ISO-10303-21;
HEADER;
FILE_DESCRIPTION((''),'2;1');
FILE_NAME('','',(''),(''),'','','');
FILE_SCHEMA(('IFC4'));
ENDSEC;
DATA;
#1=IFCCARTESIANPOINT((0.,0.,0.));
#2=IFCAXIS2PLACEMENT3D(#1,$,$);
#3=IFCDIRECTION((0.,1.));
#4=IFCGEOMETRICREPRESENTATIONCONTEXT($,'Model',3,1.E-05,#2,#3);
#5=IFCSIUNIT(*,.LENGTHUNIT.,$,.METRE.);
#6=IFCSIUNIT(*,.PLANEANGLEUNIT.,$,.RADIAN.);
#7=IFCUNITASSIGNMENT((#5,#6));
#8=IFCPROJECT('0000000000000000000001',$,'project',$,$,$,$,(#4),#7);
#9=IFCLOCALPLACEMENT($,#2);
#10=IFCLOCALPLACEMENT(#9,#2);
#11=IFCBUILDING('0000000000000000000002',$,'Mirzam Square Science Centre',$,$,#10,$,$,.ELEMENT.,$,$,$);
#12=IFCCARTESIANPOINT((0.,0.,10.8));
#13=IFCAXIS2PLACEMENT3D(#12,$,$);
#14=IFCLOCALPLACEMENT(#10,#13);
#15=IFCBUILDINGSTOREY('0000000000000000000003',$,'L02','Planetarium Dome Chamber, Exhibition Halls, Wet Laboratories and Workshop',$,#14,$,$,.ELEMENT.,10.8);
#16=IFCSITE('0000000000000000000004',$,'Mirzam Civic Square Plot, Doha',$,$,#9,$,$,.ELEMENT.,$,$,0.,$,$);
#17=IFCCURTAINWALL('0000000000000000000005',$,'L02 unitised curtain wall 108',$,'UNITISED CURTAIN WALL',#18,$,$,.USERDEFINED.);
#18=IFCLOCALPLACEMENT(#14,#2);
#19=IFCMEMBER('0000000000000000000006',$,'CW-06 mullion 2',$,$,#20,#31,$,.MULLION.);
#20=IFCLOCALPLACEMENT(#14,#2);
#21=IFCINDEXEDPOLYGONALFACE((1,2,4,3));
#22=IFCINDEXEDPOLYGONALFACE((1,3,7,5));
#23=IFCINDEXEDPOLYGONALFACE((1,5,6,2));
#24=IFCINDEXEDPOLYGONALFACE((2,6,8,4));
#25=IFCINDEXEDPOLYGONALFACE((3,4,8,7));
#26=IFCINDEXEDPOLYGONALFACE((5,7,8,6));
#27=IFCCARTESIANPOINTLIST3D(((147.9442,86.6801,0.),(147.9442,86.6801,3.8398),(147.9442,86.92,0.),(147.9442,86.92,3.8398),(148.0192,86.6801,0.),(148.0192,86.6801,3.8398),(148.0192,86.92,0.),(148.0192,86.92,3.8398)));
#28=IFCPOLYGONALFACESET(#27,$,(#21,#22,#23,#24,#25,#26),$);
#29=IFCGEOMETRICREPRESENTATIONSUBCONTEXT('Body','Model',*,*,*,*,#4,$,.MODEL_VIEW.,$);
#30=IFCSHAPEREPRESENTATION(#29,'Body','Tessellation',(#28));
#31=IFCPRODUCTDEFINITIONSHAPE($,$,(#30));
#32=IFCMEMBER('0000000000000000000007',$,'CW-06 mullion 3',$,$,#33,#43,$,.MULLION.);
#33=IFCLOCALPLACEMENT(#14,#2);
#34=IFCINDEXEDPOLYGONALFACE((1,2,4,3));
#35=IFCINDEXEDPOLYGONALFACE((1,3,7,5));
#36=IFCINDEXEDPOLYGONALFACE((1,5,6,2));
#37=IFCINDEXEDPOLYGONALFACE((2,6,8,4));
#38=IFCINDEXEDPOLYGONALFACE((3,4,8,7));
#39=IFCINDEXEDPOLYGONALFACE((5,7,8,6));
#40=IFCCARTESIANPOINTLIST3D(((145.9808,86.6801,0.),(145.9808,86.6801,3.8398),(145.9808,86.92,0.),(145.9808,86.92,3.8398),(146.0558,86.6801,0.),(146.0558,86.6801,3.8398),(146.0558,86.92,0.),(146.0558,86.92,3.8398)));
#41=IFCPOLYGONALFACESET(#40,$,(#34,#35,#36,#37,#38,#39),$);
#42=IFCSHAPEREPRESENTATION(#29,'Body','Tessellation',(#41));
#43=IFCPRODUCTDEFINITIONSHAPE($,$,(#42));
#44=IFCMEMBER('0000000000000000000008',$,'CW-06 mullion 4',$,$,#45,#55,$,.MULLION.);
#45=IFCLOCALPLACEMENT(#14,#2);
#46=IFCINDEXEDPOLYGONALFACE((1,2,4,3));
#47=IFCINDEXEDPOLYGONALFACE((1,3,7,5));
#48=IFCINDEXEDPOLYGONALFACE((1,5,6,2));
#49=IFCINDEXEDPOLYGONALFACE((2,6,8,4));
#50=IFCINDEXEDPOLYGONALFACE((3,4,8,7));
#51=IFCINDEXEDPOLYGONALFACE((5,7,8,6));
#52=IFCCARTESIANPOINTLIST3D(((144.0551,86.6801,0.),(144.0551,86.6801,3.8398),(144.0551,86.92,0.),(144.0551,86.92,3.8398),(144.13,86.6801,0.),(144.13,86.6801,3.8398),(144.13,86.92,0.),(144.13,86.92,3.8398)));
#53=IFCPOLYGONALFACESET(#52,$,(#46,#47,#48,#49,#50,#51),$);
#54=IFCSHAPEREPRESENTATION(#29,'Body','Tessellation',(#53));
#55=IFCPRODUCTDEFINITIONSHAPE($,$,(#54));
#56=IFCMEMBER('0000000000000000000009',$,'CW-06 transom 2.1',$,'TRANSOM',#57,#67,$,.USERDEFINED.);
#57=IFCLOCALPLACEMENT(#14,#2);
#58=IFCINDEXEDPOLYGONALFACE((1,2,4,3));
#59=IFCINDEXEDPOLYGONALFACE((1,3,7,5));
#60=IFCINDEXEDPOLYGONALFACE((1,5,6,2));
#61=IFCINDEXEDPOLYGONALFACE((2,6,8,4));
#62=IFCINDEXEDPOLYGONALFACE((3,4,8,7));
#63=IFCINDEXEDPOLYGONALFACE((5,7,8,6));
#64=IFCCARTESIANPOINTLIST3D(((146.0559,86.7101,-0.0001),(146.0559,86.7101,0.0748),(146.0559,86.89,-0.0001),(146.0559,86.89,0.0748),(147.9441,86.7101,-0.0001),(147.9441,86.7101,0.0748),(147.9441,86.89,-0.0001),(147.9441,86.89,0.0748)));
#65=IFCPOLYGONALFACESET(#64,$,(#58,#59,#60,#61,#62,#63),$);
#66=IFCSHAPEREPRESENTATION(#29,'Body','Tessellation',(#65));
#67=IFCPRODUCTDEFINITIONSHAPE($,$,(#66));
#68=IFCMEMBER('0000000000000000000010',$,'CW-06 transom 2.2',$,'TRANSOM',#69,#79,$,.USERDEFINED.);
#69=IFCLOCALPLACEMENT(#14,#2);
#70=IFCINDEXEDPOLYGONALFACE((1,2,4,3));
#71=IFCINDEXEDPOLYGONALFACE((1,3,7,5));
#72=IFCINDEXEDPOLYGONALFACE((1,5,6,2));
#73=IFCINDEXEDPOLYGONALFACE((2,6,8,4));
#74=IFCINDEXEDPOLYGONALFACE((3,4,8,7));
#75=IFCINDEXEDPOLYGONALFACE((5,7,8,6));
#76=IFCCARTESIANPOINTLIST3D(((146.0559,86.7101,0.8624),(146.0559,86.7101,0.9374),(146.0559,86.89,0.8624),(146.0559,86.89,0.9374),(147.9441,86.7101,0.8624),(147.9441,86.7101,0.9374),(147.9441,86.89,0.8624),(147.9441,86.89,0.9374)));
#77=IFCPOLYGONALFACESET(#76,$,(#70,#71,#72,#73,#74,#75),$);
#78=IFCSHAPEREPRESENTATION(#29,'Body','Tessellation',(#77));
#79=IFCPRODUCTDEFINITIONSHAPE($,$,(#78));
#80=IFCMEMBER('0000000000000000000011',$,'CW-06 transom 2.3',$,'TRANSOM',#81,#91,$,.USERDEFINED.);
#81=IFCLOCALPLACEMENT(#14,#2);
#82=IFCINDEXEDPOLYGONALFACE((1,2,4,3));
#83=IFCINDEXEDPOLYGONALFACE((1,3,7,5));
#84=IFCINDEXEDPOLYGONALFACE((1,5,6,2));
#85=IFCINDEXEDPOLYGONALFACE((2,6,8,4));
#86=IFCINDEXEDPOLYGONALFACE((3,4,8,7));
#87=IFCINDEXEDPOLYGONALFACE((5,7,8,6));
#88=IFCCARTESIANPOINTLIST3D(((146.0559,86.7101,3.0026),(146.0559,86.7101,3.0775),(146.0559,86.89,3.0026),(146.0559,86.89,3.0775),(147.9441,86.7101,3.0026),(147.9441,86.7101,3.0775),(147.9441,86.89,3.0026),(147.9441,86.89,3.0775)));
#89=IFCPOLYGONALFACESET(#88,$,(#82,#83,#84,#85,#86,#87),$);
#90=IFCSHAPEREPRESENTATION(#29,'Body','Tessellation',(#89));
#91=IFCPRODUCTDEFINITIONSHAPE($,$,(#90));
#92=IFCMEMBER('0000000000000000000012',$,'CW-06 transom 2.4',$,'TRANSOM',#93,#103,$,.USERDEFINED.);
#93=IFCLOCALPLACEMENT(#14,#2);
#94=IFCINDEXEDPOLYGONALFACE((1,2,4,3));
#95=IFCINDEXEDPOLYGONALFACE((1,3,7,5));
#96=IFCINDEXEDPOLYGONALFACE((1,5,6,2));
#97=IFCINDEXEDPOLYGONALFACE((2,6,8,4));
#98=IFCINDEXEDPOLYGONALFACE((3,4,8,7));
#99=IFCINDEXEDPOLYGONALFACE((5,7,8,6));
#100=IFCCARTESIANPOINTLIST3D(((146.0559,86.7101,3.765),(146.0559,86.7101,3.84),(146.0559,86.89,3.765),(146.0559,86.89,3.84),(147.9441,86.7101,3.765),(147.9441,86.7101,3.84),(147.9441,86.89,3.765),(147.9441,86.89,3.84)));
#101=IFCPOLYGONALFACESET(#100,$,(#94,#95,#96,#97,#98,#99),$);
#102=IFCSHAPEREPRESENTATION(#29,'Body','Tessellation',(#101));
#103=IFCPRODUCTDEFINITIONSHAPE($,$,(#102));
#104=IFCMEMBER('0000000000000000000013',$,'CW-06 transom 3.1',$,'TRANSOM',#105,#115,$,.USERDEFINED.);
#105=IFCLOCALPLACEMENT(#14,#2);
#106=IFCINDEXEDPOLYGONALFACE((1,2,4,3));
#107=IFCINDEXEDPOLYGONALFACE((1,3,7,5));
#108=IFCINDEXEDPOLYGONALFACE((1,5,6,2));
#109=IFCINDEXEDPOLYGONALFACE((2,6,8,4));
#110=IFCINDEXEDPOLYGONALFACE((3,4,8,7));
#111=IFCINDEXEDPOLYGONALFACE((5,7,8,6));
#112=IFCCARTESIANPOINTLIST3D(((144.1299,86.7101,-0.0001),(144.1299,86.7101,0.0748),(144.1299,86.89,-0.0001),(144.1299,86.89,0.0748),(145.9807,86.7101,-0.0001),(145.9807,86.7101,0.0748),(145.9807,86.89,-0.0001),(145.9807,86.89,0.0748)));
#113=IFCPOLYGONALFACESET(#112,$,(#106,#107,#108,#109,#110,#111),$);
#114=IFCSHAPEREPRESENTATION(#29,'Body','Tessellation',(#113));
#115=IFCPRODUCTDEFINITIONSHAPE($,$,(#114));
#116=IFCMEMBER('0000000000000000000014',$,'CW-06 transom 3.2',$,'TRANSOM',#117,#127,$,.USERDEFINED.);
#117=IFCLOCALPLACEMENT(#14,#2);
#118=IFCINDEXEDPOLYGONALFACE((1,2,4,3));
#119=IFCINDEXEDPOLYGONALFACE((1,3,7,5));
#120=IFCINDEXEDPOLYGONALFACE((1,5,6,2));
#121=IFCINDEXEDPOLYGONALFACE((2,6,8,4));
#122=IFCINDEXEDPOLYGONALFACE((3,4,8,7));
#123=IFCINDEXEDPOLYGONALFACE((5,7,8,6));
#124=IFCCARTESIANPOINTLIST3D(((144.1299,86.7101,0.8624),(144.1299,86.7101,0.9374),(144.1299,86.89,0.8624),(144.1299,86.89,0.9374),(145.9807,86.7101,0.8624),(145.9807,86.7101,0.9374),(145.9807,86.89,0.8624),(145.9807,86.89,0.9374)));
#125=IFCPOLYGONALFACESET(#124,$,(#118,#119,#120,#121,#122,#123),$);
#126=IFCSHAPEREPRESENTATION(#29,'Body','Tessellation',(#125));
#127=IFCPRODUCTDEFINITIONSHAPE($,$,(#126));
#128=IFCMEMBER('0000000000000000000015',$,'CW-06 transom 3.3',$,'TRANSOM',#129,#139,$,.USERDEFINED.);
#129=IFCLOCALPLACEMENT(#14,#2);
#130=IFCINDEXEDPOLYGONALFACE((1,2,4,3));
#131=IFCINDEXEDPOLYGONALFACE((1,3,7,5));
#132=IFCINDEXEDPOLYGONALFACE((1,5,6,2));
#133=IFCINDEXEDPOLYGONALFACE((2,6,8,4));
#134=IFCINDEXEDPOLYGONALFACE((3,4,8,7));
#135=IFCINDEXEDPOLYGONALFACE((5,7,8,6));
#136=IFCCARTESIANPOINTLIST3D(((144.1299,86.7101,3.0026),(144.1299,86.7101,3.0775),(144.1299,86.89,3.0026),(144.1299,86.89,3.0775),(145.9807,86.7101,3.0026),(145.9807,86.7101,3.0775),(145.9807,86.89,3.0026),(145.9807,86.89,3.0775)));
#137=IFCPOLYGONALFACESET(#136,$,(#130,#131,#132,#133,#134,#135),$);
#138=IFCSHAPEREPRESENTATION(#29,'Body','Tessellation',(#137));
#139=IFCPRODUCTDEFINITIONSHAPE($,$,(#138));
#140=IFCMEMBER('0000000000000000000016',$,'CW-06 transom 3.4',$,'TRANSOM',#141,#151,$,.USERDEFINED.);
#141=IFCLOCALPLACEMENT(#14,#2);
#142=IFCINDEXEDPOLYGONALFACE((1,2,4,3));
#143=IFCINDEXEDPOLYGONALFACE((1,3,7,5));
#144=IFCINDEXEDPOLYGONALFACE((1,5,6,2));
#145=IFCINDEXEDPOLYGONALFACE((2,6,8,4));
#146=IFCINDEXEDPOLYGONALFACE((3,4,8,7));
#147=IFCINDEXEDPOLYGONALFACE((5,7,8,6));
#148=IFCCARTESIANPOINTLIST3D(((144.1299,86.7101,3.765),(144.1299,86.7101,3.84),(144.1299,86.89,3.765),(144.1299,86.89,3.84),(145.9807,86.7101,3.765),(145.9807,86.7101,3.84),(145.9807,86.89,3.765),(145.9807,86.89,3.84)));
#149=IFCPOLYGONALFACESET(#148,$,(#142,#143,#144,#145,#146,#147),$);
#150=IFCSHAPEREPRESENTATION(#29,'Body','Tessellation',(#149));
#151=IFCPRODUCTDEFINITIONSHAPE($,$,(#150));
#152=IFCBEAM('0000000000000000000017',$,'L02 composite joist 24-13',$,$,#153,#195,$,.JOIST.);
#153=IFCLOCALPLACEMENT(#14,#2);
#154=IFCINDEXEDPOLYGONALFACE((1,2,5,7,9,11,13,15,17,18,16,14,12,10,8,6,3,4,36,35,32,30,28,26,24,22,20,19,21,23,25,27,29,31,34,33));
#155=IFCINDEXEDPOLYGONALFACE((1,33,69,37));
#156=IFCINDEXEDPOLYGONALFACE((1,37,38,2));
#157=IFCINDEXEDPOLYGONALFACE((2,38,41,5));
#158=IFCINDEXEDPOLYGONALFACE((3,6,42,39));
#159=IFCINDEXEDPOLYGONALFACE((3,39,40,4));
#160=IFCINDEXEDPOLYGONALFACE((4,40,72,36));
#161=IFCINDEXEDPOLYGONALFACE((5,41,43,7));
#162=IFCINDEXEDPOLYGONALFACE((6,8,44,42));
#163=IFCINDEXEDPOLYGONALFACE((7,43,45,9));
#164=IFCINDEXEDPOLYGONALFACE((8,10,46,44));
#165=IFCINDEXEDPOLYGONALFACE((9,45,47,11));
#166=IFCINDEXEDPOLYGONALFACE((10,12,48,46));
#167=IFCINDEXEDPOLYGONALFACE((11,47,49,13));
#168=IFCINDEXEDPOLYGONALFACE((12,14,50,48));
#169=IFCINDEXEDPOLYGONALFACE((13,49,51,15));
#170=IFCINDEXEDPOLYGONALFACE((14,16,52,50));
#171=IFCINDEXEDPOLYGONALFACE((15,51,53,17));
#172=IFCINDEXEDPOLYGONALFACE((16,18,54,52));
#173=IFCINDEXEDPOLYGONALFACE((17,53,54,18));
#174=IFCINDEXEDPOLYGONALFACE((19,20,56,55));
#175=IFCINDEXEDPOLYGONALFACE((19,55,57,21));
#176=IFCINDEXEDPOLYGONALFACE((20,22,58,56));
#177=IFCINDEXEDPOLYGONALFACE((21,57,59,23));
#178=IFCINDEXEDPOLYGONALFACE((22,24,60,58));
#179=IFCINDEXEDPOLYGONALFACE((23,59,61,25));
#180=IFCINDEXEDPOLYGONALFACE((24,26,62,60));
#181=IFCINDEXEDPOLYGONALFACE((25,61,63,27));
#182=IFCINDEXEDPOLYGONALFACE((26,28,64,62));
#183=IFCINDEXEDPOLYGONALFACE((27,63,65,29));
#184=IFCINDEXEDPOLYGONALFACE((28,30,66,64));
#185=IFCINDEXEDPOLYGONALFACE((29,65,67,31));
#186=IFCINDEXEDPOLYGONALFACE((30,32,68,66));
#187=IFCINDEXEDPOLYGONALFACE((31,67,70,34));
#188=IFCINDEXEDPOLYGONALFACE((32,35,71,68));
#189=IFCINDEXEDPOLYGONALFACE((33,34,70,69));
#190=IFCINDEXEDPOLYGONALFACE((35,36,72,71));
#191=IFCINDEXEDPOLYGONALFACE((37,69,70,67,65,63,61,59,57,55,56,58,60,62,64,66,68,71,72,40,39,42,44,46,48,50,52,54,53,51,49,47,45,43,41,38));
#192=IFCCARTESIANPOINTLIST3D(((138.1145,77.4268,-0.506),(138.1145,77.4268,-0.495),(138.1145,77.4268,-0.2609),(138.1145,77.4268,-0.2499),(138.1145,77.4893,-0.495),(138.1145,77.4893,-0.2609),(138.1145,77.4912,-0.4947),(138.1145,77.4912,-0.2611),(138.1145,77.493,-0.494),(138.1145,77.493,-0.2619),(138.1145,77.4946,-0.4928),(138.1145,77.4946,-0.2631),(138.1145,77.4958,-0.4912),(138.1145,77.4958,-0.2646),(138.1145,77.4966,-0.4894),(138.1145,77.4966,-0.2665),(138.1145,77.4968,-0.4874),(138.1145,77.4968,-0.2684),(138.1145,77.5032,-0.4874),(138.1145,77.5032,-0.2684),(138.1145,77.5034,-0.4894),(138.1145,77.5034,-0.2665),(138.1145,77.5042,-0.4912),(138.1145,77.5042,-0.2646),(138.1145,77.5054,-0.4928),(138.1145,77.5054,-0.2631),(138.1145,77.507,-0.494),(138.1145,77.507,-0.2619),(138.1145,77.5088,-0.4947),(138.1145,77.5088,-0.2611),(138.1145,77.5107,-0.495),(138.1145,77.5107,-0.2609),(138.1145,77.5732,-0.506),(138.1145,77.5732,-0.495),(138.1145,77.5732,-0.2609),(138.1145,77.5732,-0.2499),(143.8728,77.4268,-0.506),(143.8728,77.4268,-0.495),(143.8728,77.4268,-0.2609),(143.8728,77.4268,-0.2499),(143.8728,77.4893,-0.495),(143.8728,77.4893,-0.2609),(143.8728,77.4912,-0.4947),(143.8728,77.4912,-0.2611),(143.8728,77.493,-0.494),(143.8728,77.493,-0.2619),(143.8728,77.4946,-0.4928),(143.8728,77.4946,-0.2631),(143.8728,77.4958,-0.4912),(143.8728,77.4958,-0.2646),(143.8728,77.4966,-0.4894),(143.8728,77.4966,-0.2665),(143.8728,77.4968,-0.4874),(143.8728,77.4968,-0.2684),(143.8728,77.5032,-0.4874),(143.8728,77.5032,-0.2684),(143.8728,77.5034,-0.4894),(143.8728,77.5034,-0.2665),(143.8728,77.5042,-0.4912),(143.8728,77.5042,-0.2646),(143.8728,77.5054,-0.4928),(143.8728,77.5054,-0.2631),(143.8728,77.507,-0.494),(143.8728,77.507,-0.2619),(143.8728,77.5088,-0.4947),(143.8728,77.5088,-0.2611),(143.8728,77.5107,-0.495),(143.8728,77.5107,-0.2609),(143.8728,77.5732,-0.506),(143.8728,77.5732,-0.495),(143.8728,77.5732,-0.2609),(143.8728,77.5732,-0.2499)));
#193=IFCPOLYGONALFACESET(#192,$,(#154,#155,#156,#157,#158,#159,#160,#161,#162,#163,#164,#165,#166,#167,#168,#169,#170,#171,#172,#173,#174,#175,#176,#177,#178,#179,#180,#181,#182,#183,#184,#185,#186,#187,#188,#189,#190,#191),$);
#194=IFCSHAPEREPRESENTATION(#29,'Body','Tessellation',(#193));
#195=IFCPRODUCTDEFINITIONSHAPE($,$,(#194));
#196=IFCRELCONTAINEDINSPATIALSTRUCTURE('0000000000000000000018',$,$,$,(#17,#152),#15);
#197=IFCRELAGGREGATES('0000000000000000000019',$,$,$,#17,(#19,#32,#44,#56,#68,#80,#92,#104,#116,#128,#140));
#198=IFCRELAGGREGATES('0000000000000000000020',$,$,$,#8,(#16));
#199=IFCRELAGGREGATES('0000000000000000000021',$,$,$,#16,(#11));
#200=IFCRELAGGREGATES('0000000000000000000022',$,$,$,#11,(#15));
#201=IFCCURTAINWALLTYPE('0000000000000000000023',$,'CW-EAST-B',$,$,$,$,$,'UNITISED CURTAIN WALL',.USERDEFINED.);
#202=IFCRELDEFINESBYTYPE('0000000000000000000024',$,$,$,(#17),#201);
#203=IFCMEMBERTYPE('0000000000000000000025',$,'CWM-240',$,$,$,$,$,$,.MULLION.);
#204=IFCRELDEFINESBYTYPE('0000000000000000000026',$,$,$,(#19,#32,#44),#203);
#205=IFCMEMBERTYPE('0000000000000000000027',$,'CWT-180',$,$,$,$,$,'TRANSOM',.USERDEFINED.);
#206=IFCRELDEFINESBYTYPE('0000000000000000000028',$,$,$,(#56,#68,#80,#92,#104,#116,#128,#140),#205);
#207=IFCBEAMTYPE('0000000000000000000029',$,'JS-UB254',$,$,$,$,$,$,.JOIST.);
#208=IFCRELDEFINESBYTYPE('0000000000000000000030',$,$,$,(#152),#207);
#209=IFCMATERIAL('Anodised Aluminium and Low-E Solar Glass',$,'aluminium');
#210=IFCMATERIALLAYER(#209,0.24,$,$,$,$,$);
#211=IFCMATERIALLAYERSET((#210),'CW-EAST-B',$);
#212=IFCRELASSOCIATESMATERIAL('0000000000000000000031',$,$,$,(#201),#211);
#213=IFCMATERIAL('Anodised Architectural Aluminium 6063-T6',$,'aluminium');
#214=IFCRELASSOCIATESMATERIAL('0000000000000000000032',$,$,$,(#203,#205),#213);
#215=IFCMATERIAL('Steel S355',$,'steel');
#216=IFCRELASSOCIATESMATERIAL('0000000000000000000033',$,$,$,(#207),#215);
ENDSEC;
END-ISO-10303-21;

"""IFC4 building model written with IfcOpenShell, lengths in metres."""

from ifc_helpers import new_model, si_unit, direction, frame, origin, origin_2d, place, context, subcontext, project, spatial, rectangle, i_section, extrude, material, layer, layer_set, material_profile, profile_set, type_object, element, aggregate, save


model = new_model("IFC4")

# Units and contexts
model_context = context("Model", 3, precision=1e-05, world=origin(), true_north=direction((0.0, 1.0)))
body_context = subcontext(model_context, "Body", "Model", "MODEL_VIEW")
ifc_project = project(units=[si_unit("LENGTHUNIT", "METRE"), si_unit("PLANEANGLEUNIT", "RADIAN")], contexts=[model_context])

# Site, building, storey
site_placement = place(None, origin())
site = spatial("IfcSite", under=ifc_project, at=site_placement, Name="Mirzam Civic Square Plot, Doha", CompositionType="ELEMENT", RefElevation=0.0)
building_placement = place(site_placement, origin())
building = spatial("IfcBuilding", under=site, at=building_placement, Name="Mirzam Square Science Centre", CompositionType="ELEMENT")
storey_placement = place(building_placement, frame((0.0, 0.0, 10.8)))
storey = spatial("IfcBuildingStorey", under=building, at=storey_placement, Name="L02", Description="Planetarium Dome Chamber, Exhibition Halls, Wet Laboratories and Workshop", CompositionType="ELEMENT", Elevation=10.8)

# Shared definitions
ifc_material_1 = material(Name="Steel S355", Category="steel")

# Curtain wall, members
ifc_material_2 = material(Name="Anodised Aluminium and Low-E Solar Glass", Category="aluminium")
ifc_layer_1 = layer(ifc_material_2, 0.24)
ifc_layer_set_1 = layer_set([ifc_layer_1], Name="CW-EAST-B")
curtain_wall_type = type_object("IfcCurtainWallType", Name="CW-EAST-B", ElementType="UNITISED CURTAIN WALL", PredefinedType="USERDEFINED", material=ifc_layer_set_1)
curtain_wall_placement = place(storey_placement, origin())
curtain_wall = element("IfcCurtainWall", 1, at=curtain_wall_placement, inside=storey, type_object=curtain_wall_type, Name="L02 unitised curtain wall 108", ObjectType="UNITISED CURTAIN WALL", PredefinedType="USERDEFINED")
ifc_material_3 = material(Name="Anodised Architectural Aluminium 6063-T6", Category="aluminium")
ifc_material_profile_1 = material_profile(ifc_material_3, rectangle(XDim=0.075, YDim=0.24, at=origin_2d()), Name="ALU-MULL-240x75x5")
ifc_profile_set_1 = profile_set([ifc_material_profile_1], Name="Anodised Architectural Aluminium 6063-T6")
member_type_1 = type_object("IfcMemberType", Name="CWM-240", PredefinedType="MULLION", material=ifc_profile_set_1)
member_1_placement = place(storey_placement, frame((147.9817, 86.8, 0.0), z_axis=(0.0, 0.0, 1.0), x_axis=(-1.0, 0.0, 0.0)))
member_1 = element("IfcMember", 2, at=member_1_placement, type_object=member_type_1, Name="CW-06 mullion 2", PredefinedType="MULLION", context=body_context, shape_type="SweptSolid", body=[
    extrude(rectangle(XDim=0.075, YDim=0.24, at=origin_2d()), origin(), (0.0, 0.0, 1.0), 3.8398),
])
member_2_placement = place(storey_placement, frame((146.0183, 86.8, 0.0), z_axis=(0.0, 0.0, 1.0), x_axis=(-1.0, 0.0, 0.0)))
member_2 = element("IfcMember", 3, at=member_2_placement, type_object=member_type_1, Name="CW-06 mullion 3", PredefinedType="MULLION", context=body_context, shape_type="SweptSolid", body=[
    extrude(rectangle(XDim=0.075, YDim=0.24, at=origin_2d()), origin(), (0.0, 0.0, 1.0), 3.8398),
])
member_3_placement = place(storey_placement, frame((144.0925, 86.8, 0.0), z_axis=(0.0, 0.0, 1.0), x_axis=(-1.0, 0.0, 0.0)))
member_3 = element("IfcMember", 4, at=member_3_placement, type_object=member_type_1, Name="CW-06 mullion 4", PredefinedType="MULLION", context=body_context, shape_type="SweptSolid", body=[
    extrude(rectangle(XDim=0.075, YDim=0.24, at=origin_2d()), origin(), (0.0, 0.0, 1.0), 3.8398),
])
ifc_material_profile_2 = material_profile(ifc_material_3, rectangle(XDim=0.1799, YDim=0.075, at=origin_2d()), Name="ALU-TRAN-180x75x5")
ifc_profile_set_2 = profile_set([ifc_material_profile_2], Name="Anodised Architectural Aluminium 6063-T6")
member_type_2 = type_object("IfcMemberType", Name="CWT-180", ElementType="TRANSOM", PredefinedType="USERDEFINED", material=ifc_profile_set_2)
member_4_placement = place(storey_placement, frame((147.9441, 86.8, 0.0374), z_axis=(-1.0, 0.0, 0.0), x_axis=(0.0, -1.0, 0.0)))
member_4 = element("IfcMember", 5, at=member_4_placement, type_object=member_type_2, Name="CW-06 transom 2.1", ObjectType="TRANSOM", PredefinedType="USERDEFINED", context=body_context, shape_type="SweptSolid", body=[
    extrude(rectangle(XDim=0.1799, YDim=0.075, at=origin_2d()), origin(), (0.0, 0.0, 1.0), 1.8882),
])
member_5_placement = place(storey_placement, frame((147.9441, 86.8, 0.8999), z_axis=(-1.0, 0.0, 0.0), x_axis=(0.0, -1.0, 0.0)))
member_5 = element("IfcMember", 6, at=member_5_placement, type_object=member_type_2, Name="CW-06 transom 2.2", ObjectType="TRANSOM", PredefinedType="USERDEFINED", context=body_context, shape_type="SweptSolid", body=[
    extrude(rectangle(XDim=0.1799, YDim=0.075, at=origin_2d()), origin(), (0.0, 0.0, 1.0), 1.8882),
])
member_6_placement = place(storey_placement, frame((147.9441, 86.8, 3.04), z_axis=(-1.0, 0.0, 0.0), x_axis=(0.0, -1.0, 0.0)))
member_6 = element("IfcMember", 7, at=member_6_placement, type_object=member_type_2, Name="CW-06 transom 2.3", ObjectType="TRANSOM", PredefinedType="USERDEFINED", context=body_context, shape_type="SweptSolid", body=[
    extrude(rectangle(XDim=0.1799, YDim=0.075, at=origin_2d()), origin(), (0.0, 0.0, 1.0), 1.8882),
])
member_7_placement = place(storey_placement, frame((147.9441, 86.8, 3.8025), z_axis=(-1.0, 0.0, 0.0), x_axis=(0.0, -1.0, 0.0)))
member_7 = element("IfcMember", 8, at=member_7_placement, type_object=member_type_2, Name="CW-06 transom 2.4", ObjectType="TRANSOM", PredefinedType="USERDEFINED", context=body_context, shape_type="SweptSolid", body=[
    extrude(rectangle(XDim=0.1799, YDim=0.075, at=origin_2d()), origin(), (0.0, 0.0, 1.0), 1.8882),
])
member_8_placement = place(storey_placement, frame((145.9807, 86.8, 0.0374), z_axis=(-1.0, 0.0, 0.0), x_axis=(0.0, -1.0, 0.0)))
member_8 = element("IfcMember", 9, at=member_8_placement, type_object=member_type_2, Name="CW-06 transom 3.1", ObjectType="TRANSOM", PredefinedType="USERDEFINED", context=body_context, shape_type="SweptSolid", body=[
    extrude(rectangle(XDim=0.1799, YDim=0.075, at=origin_2d()), origin(), (0.0, 0.0, 1.0), 1.8508),
])
member_9_placement = place(storey_placement, frame((145.9807, 86.8, 0.8999), z_axis=(-1.0, 0.0, 0.0), x_axis=(0.0, -1.0, 0.0)))
member_9 = element("IfcMember", 10, at=member_9_placement, type_object=member_type_2, Name="CW-06 transom 3.2", ObjectType="TRANSOM", PredefinedType="USERDEFINED", context=body_context, shape_type="SweptSolid", body=[
    extrude(rectangle(XDim=0.1799, YDim=0.075, at=origin_2d()), origin(), (0.0, 0.0, 1.0), 1.8508),
])
member_10_placement = place(storey_placement, frame((145.9807, 86.8, 3.04), z_axis=(-1.0, 0.0, 0.0), x_axis=(0.0, -1.0, 0.0)))
member_10 = element("IfcMember", 11, at=member_10_placement, type_object=member_type_2, Name="CW-06 transom 3.3", ObjectType="TRANSOM", PredefinedType="USERDEFINED", context=body_context, shape_type="SweptSolid", body=[
    extrude(rectangle(XDim=0.1799, YDim=0.075, at=origin_2d()), origin(), (0.0, 0.0, 1.0), 1.8508),
])
member_11_placement = place(storey_placement, frame((145.9807, 86.8, 3.8025), z_axis=(-1.0, 0.0, 0.0), x_axis=(0.0, -1.0, 0.0)))
member_11 = element("IfcMember", 12, at=member_11_placement, type_object=member_type_2, Name="CW-06 transom 3.4", ObjectType="TRANSOM", PredefinedType="USERDEFINED", context=body_context, shape_type="SweptSolid", body=[
    extrude(rectangle(XDim=0.1799, YDim=0.075, at=origin_2d()), origin(), (0.0, 0.0, 1.0), 1.8508),
])

# Beam
ifc_material_profile_3 = material_profile(ifc_material_1, i_section(OverallWidth=0.1465, OverallDepth=0.2561, WebThickness=0.0063, FlangeThickness=0.011, FilletRadius=0.0076, at=origin_2d()), Name="254x146x37UB")
ifc_profile_set_3 = profile_set([ifc_material_profile_3], Name="Steel S355")
beam_type_1 = type_object("IfcBeamType", Name="JS-UB254", PredefinedType="JOIST", material=ifc_profile_set_3)
beam_1_placement = place(storey_placement, frame((138.1145, 77.5, -0.3779), z_axis=(1.0, 0.0, 0.0), x_axis=(0.0, 1.0, 0.0)))
element("IfcBeam", 13, at=beam_1_placement, inside=storey, type_object=beam_type_1, Name="L02 composite joist 24-13", PredefinedType="JOIST", context=body_context, shape_type="SweptSolid", body=[
    extrude(i_section(OverallWidth=0.1465, OverallDepth=0.2561, WebThickness=0.0063, FlangeThickness=0.011, FilletRadius=0.0076, at=origin_2d()), origin(), (0.0, 0.0, 1.0), 5.7583),
])

aggregate(curtain_wall, [member_1, member_2, member_3, member_4, member_5, member_6, member_7, member_8, member_9, member_10, member_11])

save(model, "model.ifc")
